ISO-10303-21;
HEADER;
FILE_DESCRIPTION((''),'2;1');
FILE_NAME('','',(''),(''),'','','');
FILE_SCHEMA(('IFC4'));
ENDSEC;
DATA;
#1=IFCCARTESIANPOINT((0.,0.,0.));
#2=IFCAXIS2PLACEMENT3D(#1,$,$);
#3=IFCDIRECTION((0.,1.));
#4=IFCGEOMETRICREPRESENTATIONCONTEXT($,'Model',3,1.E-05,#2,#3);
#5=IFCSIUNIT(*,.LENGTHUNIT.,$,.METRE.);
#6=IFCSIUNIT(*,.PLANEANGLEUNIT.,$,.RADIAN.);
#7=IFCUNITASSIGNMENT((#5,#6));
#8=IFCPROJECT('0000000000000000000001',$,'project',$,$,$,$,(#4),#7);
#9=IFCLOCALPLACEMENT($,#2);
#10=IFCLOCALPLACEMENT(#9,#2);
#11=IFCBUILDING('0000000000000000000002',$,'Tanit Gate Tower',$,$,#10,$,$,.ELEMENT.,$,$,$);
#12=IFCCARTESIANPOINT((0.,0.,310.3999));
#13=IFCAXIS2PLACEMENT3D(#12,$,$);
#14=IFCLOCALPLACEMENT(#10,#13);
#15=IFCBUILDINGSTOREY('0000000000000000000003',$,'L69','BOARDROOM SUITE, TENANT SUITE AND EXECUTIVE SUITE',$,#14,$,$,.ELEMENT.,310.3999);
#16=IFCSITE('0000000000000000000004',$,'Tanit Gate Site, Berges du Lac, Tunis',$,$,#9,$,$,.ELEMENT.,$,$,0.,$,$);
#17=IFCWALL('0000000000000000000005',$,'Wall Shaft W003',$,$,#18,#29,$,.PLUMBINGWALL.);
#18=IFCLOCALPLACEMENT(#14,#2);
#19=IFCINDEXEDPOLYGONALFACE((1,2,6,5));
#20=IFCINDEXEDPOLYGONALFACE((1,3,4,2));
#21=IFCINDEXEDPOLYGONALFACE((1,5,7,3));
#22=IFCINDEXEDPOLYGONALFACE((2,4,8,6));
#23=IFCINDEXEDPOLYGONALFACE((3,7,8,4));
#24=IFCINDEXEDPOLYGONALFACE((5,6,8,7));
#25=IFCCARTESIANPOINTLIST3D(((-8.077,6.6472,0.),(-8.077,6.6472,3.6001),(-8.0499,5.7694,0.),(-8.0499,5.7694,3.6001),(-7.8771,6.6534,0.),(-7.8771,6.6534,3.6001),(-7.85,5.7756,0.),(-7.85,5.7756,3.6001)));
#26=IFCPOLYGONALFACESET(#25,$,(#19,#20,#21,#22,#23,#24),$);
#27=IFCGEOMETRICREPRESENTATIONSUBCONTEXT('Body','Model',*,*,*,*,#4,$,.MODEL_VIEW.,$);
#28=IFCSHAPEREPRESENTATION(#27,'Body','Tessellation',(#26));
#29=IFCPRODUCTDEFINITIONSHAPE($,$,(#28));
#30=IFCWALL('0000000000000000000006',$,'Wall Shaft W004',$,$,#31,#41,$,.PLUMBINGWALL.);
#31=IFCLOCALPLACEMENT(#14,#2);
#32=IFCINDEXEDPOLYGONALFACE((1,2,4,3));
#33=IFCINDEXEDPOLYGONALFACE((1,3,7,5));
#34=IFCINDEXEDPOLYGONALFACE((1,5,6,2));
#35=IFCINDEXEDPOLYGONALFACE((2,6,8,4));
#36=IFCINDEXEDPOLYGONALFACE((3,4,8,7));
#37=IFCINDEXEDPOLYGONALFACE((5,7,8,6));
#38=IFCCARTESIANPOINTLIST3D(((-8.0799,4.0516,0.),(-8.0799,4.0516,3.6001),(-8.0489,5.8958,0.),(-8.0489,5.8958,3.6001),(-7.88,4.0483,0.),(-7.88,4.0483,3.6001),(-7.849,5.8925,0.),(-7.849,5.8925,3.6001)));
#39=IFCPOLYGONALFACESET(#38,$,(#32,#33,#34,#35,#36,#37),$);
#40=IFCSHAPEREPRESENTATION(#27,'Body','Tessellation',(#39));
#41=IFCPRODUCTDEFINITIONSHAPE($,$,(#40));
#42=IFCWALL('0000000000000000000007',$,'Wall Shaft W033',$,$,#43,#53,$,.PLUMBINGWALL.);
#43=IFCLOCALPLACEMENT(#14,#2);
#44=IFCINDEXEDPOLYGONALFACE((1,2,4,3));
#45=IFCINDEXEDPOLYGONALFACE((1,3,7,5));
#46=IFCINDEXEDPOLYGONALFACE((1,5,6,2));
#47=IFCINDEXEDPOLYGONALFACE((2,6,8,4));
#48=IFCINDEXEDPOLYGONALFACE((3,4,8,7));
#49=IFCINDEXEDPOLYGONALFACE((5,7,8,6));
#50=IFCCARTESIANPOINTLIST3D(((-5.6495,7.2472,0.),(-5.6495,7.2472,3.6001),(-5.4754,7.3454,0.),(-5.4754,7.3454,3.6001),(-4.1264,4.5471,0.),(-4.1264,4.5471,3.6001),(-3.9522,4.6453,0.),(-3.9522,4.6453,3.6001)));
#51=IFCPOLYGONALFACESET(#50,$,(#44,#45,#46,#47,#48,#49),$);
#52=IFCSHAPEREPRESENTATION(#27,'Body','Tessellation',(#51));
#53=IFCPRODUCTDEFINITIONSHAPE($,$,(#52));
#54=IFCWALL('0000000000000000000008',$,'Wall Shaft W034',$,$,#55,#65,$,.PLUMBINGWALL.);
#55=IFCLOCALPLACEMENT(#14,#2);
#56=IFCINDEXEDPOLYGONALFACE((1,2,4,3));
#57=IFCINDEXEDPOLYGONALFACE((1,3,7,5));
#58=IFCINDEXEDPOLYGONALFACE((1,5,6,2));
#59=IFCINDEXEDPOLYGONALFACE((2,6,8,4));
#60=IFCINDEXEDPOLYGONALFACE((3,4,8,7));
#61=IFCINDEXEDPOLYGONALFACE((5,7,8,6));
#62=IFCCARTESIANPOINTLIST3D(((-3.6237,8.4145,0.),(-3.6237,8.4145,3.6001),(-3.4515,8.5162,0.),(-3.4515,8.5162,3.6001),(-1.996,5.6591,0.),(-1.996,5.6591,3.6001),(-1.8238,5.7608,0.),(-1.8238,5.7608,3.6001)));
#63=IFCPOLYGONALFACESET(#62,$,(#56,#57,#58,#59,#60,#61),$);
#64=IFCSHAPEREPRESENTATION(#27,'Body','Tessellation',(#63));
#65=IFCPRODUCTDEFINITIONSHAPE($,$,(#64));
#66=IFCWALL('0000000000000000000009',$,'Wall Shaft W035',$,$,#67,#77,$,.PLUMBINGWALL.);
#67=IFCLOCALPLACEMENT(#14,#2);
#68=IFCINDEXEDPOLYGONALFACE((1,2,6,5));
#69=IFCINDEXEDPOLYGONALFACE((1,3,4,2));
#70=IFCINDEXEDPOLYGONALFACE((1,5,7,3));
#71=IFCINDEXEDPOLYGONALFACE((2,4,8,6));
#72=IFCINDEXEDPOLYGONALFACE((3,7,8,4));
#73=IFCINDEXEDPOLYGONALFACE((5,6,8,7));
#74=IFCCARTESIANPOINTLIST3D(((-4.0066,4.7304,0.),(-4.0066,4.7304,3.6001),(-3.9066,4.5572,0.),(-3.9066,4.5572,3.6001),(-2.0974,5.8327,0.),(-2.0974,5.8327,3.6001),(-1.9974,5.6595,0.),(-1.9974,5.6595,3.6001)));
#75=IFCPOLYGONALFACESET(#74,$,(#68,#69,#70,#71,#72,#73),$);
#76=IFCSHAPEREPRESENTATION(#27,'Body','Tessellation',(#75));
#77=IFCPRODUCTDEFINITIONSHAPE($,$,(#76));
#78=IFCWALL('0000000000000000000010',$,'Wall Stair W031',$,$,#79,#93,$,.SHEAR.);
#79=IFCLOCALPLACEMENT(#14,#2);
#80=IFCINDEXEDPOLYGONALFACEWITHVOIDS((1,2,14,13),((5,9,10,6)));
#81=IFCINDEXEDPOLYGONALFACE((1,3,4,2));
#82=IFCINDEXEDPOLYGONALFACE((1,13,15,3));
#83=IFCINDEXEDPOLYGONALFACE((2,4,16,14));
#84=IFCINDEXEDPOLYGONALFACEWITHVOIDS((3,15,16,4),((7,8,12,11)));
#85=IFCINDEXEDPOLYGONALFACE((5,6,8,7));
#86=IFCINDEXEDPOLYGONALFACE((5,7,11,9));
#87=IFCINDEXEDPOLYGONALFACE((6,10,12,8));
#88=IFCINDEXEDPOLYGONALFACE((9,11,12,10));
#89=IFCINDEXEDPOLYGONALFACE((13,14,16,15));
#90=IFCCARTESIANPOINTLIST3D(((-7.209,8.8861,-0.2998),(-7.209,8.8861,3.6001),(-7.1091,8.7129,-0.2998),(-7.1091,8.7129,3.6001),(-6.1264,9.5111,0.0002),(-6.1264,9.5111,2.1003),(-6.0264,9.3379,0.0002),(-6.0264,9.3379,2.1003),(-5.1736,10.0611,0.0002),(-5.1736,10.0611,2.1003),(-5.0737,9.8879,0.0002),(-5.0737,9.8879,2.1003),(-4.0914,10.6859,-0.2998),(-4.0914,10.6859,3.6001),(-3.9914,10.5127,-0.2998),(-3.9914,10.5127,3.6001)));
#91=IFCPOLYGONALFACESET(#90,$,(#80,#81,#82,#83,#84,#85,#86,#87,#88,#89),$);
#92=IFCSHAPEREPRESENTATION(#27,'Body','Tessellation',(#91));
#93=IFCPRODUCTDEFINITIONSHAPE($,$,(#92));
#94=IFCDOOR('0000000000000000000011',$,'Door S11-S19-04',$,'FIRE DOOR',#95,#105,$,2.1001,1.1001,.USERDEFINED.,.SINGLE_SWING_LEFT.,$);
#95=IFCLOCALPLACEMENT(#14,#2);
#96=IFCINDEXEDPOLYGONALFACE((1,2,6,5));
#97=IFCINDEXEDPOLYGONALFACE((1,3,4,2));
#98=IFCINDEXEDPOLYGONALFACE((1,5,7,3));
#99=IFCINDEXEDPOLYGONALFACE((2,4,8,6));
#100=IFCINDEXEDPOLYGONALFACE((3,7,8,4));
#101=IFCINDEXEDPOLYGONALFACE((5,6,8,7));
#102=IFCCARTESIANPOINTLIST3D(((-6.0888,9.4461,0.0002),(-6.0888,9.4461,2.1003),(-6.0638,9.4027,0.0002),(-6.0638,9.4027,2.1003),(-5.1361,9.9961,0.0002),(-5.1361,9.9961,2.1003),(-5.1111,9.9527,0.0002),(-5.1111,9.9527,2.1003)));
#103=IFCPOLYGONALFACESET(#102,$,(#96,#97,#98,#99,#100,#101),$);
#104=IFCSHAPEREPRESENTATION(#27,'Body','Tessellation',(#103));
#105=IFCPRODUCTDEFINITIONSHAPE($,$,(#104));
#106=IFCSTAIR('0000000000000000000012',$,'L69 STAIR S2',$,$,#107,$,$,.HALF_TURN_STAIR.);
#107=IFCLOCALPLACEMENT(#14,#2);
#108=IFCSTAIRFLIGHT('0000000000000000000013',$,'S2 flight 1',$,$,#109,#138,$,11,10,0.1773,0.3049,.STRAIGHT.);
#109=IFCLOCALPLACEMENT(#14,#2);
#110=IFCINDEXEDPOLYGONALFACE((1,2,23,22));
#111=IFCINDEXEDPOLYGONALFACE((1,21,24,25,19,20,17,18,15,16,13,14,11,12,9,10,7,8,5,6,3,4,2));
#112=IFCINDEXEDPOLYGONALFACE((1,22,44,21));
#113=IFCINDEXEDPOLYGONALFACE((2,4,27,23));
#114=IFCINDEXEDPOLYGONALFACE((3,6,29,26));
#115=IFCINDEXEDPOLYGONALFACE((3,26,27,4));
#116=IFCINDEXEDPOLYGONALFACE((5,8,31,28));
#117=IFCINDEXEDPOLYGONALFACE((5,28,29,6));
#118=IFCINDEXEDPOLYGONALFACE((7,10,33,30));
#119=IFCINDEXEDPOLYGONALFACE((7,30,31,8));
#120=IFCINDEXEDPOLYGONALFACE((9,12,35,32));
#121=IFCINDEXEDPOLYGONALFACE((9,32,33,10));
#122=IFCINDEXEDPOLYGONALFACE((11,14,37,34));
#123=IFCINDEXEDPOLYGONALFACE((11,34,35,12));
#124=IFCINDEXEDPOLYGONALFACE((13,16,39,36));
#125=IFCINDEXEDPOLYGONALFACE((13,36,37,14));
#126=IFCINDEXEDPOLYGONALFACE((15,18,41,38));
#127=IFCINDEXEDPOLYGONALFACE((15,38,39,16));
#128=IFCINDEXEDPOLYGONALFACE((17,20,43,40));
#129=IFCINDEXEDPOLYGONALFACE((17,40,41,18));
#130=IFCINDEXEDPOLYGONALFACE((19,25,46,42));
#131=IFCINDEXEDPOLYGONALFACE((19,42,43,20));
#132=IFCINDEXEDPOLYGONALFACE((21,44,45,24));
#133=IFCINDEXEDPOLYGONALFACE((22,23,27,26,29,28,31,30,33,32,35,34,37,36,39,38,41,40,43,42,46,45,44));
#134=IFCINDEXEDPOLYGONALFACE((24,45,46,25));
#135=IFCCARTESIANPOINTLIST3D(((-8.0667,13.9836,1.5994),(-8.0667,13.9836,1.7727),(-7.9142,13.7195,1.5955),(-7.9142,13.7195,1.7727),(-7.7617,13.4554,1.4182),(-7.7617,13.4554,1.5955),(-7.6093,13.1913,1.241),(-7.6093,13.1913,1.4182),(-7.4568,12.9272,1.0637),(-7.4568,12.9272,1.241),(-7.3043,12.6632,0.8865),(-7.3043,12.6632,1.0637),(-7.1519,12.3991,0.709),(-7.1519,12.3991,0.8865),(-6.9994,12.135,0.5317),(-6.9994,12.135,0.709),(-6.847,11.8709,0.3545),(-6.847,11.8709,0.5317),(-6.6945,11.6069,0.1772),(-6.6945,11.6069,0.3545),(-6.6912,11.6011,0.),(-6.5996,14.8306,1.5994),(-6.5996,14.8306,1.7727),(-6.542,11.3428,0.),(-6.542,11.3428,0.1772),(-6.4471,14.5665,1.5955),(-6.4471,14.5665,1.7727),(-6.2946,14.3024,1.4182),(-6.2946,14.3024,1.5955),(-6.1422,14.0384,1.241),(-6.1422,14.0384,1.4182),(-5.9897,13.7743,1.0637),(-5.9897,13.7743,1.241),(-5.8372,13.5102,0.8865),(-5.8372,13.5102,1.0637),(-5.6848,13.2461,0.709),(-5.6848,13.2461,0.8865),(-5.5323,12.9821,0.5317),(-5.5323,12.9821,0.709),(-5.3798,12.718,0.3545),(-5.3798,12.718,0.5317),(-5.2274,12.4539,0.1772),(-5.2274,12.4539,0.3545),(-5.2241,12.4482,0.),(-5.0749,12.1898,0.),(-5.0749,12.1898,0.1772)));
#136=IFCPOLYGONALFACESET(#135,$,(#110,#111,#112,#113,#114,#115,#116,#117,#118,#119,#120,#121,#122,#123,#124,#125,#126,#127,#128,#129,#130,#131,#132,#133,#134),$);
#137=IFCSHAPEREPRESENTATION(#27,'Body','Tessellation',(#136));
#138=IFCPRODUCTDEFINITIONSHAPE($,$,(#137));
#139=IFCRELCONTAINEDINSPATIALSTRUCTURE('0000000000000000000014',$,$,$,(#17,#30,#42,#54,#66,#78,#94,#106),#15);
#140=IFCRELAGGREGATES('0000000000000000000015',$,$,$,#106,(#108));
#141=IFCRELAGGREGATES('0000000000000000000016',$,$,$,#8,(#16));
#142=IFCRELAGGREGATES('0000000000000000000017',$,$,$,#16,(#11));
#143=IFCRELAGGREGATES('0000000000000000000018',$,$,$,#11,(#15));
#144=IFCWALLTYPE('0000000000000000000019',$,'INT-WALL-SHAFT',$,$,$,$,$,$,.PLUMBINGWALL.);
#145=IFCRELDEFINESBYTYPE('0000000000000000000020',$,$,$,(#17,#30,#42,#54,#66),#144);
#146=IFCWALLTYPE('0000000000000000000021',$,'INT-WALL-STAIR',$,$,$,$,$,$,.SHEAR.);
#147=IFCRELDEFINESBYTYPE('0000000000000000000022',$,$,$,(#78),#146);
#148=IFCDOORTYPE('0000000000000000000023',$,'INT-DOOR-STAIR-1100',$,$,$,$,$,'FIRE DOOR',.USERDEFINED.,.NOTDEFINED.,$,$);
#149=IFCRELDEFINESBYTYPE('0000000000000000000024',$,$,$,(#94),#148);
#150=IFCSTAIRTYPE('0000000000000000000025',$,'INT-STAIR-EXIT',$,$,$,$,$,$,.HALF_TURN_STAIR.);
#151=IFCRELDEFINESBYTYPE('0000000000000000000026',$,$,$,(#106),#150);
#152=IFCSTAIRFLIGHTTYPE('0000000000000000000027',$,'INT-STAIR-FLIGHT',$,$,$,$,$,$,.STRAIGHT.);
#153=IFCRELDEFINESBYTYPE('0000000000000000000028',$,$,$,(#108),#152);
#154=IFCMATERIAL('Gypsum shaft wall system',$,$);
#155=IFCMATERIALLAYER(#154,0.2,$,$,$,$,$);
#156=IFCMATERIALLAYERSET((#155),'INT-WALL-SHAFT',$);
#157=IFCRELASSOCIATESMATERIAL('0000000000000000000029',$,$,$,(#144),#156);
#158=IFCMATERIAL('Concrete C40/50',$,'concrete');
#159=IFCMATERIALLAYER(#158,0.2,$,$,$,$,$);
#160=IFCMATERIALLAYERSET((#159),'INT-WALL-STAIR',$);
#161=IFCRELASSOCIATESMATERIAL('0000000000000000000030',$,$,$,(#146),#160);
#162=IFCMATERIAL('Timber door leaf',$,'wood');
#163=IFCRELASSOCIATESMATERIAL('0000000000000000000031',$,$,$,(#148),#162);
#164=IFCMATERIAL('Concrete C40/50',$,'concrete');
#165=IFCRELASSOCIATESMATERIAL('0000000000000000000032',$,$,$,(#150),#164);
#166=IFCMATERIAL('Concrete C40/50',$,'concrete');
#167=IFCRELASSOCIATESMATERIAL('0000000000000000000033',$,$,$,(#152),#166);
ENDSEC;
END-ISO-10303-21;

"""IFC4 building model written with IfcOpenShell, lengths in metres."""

from ifc_helpers import new_model, si_unit, direction, frame, frame_2d, origin, place, context, subcontext, project, spatial, polyline, rectangle, outline, extrude, material, layer, layer_set, type_object, element, fill, aggregate, save


model = new_model("IFC4")

# Units and contexts
model_context = context("Model", 3, precision=1e-05, world=origin(), true_north=direction((0.0, 1.0)))
body_context = subcontext(model_context, "Body", "Model", "MODEL_VIEW")
ifc_project = project(units=[si_unit("LENGTHUNIT", "METRE"), si_unit("PLANEANGLEUNIT", "RADIAN")], contexts=[model_context])

# Site, building, storey
site_placement = place(None, origin())
site = spatial("IfcSite", under=ifc_project, at=site_placement, Name="Tanit Gate Site, Berges du Lac, Tunis", CompositionType="ELEMENT", RefElevation=0.0)
building_placement = place(site_placement, origin())
building = spatial("IfcBuilding", under=site, at=building_placement, Name="Tanit Gate Tower", CompositionType="ELEMENT")
storey_placement = place(building_placement, frame((0.0, 0.0, 310.3999)))
storey = spatial("IfcBuildingStorey", under=building, at=storey_placement, Name="L69", Description="BOARDROOM SUITE, TENANT SUITE AND EXECUTIVE SUITE", CompositionType="ELEMENT", Elevation=310.3999)

# Walls
ifc_material_1 = material(Name="Gypsum shaft wall system")
ifc_layer_1 = layer(ifc_material_1, 0.2)
ifc_layer_set_1 = layer_set([ifc_layer_1], Name="INT-WALL-SHAFT")
wall_type_1 = type_object("IfcWallType", Name="INT-WALL-SHAFT", PredefinedType="PLUMBINGWALL", material=ifc_layer_set_1)
wall_1_placement = place(storey_placement, frame((-7.9771, 6.6501, 0.0), z_axis=(0.0, 0.0, 1.0), x_axis=(0.030862, -0.999524, 0.0)))
element("IfcWall", 1, at=wall_1_placement, inside=storey, type_object=wall_type_1, Name="Wall Shaft W003", PredefinedType="PLUMBINGWALL", context=body_context, shape_type="SweptSolid", body=[
    extrude(rectangle(XDim=0.8782, YDim=0.2, at=frame_2d((0.439, 0.0))), origin(), (0.0, 0.0, 1.0), 3.6001),
])
wall_2_placement = place(storey_placement, frame((-7.949, 5.8943, 0.0), z_axis=(0.0, 0.0, 1.0), x_axis=(-0.01681, -0.999859, 0.0)))
element("IfcWall", 2, at=wall_2_placement, inside=storey, type_object=wall_type_1, Name="Wall Shaft W004", PredefinedType="PLUMBINGWALL", context=body_context, shape_type="SweptSolid", body=[
    extrude(rectangle(XDim=1.8445, YDim=0.2, at=frame_2d((0.9224, 0.0))), origin(), (0.0, 0.0, 1.0), 3.6001),
])

# Walls
wall_3_placement = place(storey_placement, frame((-4.0393, 4.5962, 0.0), z_axis=(0.0, 0.0, 1.0), x_axis=(-0.491323, 0.870978, 0.0)))
element("IfcWall", 3, at=wall_3_placement, inside=storey, type_object=wall_type_1, Name="Wall Shaft W033", PredefinedType="PLUMBINGWALL", context=body_context, shape_type="SweptSolid", body=[
    extrude(rectangle(XDim=3.1001, YDim=0.2, at=frame_2d((1.55, 0.0))), origin(), (0.0, 0.0, 1.0), 3.6001),
])
wall_4_placement = place(storey_placement, frame((-3.5376, 8.4653, 0.0), z_axis=(0.0, 0.0, 1.0), x_axis=(0.508616, -0.860993, 0.0)))
element("IfcWall", 4, at=wall_4_placement, inside=storey, type_object=wall_type_1, Name="Wall Shaft W034", PredefinedType="PLUMBINGWALL", context=body_context, shape_type="SweptSolid", body=[
    extrude(rectangle(XDim=3.2002, YDim=0.2, at=frame_2d((1.6001, 0.0))), origin(), (0.0, 0.0, 1.0), 3.6001),
])
wall_5_placement = place(storey_placement, frame((-2.0474, 5.7461, 0.0), z_axis=(0.0, 0.0, 1.0), x_axis=(-0.86602, -0.50001, 0.0)))
element("IfcWall", 5, at=wall_5_placement, inside=storey, type_object=wall_type_1, Name="Wall Shaft W035", PredefinedType="PLUMBINGWALL", context=body_context, shape_type="SweptSolid", body=[
    extrude(rectangle(XDim=2.2046, YDim=0.2, at=frame_2d((1.1023, 0.0))), origin(), (0.0, 0.0, 1.0), 3.6001),
])

# Wall, opening, door
ifc_material_2 = material(Name="Concrete C40/50", Category="concrete")
ifc_layer_2 = layer(ifc_material_2, 0.2)
ifc_layer_set_2 = layer_set([ifc_layer_2], Name="INT-WALL-STAIR")
wall_type_2 = type_object("IfcWallType", Name="INT-WALL-STAIR", PredefinedType="SHEAR", material=ifc_layer_set_2)
wall_6_placement = place(storey_placement, frame((-7.1589, 8.7996, -0.2998), z_axis=(0.0, 0.0, 1.0), x_axis=(0.866048, 0.499961, 0.0)))
wall_6 = element("IfcWall", 6, at=wall_6_placement, inside=storey, type_object=wall_type_2, Name="Wall Stair W031", PredefinedType="SHEAR", context=body_context, shape_type="SweptSolid", body=[
    extrude(rectangle(XDim=3.5999, YDim=0.2, at=frame_2d((1.7998, 0.0))), origin(), (0.0, 0.0, 1.0), 3.8999),
])
opening_1_placement = place(wall_6_placement, frame((1.25, 0.0, 0.3)))
opening_1 = element("IfcOpeningElement", 7, at=opening_1_placement, cuts=wall_6, PredefinedType="OPENING", context=body_context, shape_type="SweptSolid", body=[
    extrude(rectangle(XDim=1.1001, YDim=2.1001, at=frame_2d((0.55, 1.05))), frame((0.0, 0.1099, 0.0), z_axis=(0.0, -1.0, 0.0), x_axis=(1.0, 0.0, 0.0)), (0.0, 0.0, 1.0), 0.22),
])
ifc_material_3 = material(Name="Timber door leaf", Category="wood")
door_type_1 = type_object("IfcDoorType", Name="INT-DOOR-STAIR-1100", ElementType="FIRE DOOR", OperationType="NOTDEFINED", PredefinedType="USERDEFINED", material=ifc_material_3)
door_1_placement = place(opening_1_placement, origin())
door_1 = element("IfcDoor", 8, at=door_1_placement, inside=storey, type_object=door_type_1, Name="Door S11-S19-04", ObjectType="FIRE DOOR", OperationType="SINGLE_SWING_LEFT", OverallHeight=2.1001, OverallWidth=1.1001, PredefinedType="USERDEFINED", context=body_context, shape_type="SweptSolid", body=[
    extrude(rectangle(XDim=1.1001, YDim=2.1001, at=frame_2d((0.55, 1.05))), frame((0.0, 0.0249, 0.0), z_axis=(0.0, -1.0, 0.0), x_axis=(1.0, 0.0, 0.0)), (0.0, 0.0, 1.0), 0.05),
])
fill(opening_1, door_1)

# Stair, stair flight
ifc_material_4 = material(Name="Concrete C40/50", Category="concrete")
stair_type = type_object("IfcStairType", Name="INT-STAIR-EXIT", PredefinedType="HALF_TURN_STAIR", material=ifc_material_4)
stair_placement = place(storey_placement, origin())
stair = element("IfcStair", 9, at=stair_placement, inside=storey, type_object=stair_type, Name="L69 STAIR S2", PredefinedType="HALF_TURN_STAIR")
ifc_material_5 = material(Name="Concrete C40/50", Category="concrete")
stair_flight_type = type_object("IfcStairFlightType", Name="INT-STAIR-FLIGHT", PredefinedType="STRAIGHT", material=ifc_material_5)
stair_flight_placement = place(storey_placement, frame((-5.8083, 11.7664, 0.0), z_axis=(0.0, 0.0, 1.0), x_axis=(-0.5, 0.866025, 0.0)))
stair_flight = element("IfcStairFlight", 10, at=stair_flight_placement, type_object=stair_flight_type, Name="S2 flight 1", NumberOfRisers=11, NumberOfTreads=10, PredefinedType="STRAIGHT", RiserHeight=0.1773, TreadLength=0.3049, context=body_context, shape_type="SweptSolid", body=[
    extrude(outline(polyline([(0.0, 0.0), (0.0, 0.1772), (0.3049, 0.1772), (0.3049, 0.3545), (0.6099, 0.3545), (0.6099, 0.5317), (0.9148, 0.5317), (0.9148, 0.709), (1.2197, 0.709), (1.2197, 0.8865), (1.5247, 0.8865), (1.5247, 1.0637), (1.8296, 1.0637), (1.8296, 1.241), (2.1345, 1.241), (2.1345, 1.4182), (2.4395, 1.4182), (2.4395, 1.5955), (2.7444, 1.5955), (2.7444, 1.7727), (3.0493, 1.7727), (3.0493, 1.95), (3.0493, 1.5994), (0.2983, 0.0), (0.0, 0.0)])), frame((0.0, 0.8472, 0.0), z_axis=(0.0, -1.0, 0.0), x_axis=(1.0, 0.0, 0.0)), (0.0, 0.0, 1.0), 1.6941),
])
aggregate(stair, [stair_flight])

save(model, "model.ifc")
